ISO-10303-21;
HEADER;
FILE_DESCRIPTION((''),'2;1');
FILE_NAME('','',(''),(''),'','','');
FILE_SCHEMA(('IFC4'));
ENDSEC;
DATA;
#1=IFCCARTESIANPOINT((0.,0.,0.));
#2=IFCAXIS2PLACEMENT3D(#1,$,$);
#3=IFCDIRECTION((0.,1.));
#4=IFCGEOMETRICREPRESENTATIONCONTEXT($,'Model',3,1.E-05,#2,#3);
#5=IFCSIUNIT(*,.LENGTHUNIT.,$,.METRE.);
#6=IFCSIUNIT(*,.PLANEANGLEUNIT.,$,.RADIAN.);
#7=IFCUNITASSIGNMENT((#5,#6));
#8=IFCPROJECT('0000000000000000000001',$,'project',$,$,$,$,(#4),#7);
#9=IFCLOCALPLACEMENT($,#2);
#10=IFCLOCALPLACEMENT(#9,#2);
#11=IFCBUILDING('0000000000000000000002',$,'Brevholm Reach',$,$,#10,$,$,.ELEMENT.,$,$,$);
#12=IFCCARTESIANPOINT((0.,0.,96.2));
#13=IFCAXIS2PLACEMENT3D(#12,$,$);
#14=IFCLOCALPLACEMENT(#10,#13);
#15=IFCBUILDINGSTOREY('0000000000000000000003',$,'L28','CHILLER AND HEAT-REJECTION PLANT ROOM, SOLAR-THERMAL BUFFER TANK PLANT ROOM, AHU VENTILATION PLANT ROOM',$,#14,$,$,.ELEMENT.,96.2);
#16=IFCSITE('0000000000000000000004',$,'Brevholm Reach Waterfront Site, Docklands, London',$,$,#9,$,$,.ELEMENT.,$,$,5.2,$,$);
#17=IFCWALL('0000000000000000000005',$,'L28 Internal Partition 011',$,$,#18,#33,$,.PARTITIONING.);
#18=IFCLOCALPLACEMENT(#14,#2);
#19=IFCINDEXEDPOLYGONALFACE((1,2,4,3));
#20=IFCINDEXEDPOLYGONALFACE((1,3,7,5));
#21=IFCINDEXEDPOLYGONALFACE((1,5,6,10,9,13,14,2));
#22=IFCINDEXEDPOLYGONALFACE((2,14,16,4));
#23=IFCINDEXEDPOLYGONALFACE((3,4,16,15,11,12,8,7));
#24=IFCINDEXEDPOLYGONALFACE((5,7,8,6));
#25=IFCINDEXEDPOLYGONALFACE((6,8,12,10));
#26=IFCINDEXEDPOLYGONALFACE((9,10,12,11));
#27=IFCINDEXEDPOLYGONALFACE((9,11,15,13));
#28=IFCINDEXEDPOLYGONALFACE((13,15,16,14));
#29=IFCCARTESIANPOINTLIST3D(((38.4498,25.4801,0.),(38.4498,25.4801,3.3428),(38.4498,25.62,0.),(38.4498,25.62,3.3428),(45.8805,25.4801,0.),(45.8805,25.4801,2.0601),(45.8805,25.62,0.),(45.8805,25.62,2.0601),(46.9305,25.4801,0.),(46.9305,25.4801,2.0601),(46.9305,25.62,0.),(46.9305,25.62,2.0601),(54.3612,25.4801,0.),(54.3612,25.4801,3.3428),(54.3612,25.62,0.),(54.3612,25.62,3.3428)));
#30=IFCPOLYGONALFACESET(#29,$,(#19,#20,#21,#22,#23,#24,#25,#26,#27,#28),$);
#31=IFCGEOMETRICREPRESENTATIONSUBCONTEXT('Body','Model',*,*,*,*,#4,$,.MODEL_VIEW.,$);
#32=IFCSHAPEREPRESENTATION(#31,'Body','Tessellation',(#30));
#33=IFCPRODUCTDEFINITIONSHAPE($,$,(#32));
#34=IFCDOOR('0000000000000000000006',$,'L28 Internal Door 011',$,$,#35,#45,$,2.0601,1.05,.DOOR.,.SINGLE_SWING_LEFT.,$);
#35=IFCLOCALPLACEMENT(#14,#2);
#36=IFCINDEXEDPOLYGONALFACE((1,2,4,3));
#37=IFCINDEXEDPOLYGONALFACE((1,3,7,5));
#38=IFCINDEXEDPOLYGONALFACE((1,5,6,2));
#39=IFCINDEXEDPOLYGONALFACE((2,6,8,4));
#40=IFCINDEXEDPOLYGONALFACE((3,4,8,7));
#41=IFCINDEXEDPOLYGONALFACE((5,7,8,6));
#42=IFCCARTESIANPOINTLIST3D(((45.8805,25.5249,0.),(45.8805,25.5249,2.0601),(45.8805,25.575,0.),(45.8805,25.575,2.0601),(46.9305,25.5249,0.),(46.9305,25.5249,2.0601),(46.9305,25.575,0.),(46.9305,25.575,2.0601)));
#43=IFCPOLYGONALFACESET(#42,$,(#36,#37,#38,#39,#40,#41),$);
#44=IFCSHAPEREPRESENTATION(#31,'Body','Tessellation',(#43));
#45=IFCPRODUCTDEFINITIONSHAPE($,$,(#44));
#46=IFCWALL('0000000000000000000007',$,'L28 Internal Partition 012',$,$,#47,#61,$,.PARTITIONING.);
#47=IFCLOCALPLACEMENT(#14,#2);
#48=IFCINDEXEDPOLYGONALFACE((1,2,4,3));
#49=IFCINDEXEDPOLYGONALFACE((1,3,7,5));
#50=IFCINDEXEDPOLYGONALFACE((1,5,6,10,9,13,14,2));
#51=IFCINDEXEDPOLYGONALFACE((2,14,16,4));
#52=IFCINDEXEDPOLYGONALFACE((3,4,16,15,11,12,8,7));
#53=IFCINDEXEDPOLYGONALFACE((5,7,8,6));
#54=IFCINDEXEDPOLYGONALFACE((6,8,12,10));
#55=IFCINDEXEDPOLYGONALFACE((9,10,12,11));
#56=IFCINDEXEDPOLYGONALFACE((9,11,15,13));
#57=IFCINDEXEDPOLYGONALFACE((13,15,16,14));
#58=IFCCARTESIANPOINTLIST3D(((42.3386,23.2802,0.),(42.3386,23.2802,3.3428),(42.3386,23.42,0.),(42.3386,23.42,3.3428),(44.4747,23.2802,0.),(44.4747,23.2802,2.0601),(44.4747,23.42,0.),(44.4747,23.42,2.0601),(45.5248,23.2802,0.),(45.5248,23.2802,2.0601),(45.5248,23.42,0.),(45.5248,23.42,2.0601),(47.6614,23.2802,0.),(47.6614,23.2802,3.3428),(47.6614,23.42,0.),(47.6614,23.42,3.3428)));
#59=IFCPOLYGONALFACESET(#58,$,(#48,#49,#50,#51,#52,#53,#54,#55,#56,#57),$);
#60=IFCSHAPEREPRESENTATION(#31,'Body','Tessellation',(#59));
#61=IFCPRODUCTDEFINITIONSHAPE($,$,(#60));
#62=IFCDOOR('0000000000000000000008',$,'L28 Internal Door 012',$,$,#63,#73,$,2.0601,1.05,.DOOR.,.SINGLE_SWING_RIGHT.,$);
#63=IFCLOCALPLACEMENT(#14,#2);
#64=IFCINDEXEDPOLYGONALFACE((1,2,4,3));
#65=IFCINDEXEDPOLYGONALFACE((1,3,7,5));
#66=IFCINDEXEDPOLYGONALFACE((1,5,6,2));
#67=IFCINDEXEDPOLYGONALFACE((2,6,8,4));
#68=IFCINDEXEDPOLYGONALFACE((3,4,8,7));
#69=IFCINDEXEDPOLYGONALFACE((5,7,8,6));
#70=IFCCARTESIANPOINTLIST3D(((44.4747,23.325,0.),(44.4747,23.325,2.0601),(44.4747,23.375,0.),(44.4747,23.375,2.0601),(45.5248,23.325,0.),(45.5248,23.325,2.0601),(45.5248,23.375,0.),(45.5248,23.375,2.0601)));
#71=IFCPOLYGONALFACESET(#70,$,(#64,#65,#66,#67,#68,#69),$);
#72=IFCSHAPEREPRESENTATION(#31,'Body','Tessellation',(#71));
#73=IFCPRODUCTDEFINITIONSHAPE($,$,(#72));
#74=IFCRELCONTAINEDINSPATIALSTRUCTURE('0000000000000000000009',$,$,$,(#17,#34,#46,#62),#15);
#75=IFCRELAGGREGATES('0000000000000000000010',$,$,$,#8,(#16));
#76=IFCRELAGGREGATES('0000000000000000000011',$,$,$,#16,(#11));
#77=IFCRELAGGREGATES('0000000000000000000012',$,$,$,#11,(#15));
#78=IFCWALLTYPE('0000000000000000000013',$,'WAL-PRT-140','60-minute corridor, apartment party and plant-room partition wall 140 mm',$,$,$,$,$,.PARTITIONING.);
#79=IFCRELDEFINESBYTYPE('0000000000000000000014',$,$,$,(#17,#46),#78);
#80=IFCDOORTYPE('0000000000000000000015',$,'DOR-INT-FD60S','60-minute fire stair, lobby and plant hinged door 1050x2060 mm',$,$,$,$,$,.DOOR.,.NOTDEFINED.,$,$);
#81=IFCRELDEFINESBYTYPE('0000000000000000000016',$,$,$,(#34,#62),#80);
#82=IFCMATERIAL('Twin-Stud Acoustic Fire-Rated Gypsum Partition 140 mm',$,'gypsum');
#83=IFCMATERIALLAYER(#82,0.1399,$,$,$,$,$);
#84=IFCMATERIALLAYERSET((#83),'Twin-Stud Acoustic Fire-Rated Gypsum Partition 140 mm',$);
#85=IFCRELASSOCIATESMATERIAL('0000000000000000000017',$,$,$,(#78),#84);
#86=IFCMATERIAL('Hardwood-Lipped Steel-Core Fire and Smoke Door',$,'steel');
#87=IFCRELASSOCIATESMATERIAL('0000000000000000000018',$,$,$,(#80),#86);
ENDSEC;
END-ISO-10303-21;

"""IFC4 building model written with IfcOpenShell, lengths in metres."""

from ifc_helpers import new_model, si_unit, direction, frame, frame_2d, origin, place, context, subcontext, project, spatial, rectangle, extrude, material, layer, layer_set, type_object, element, fill, save


model = new_model("IFC4")

# Units and contexts
model_context = context("Model", 3, precision=1e-05, world=origin(), true_north=direction((0.0, 1.0)))
body_context = subcontext(model_context, "Body", "Model", "MODEL_VIEW")
ifc_project = project(units=[si_unit("LENGTHUNIT", "METRE"), si_unit("PLANEANGLEUNIT", "RADIAN")], contexts=[model_context])

# Site, building, storey
site_placement = place(None, origin())
site = spatial("IfcSite", under=ifc_project, at=site_placement, Name="Brevholm Reach Waterfront Site, Docklands, London", CompositionType="ELEMENT", RefElevation=5.2)
building_placement = place(site_placement, origin())
building = spatial("IfcBuilding", under=site, at=building_placement, Name="Brevholm Reach", CompositionType="ELEMENT")
storey_placement = place(building_placement, frame((0.0, 0.0, 96.2)))
storey = spatial("IfcBuildingStorey", under=building, at=storey_placement, Name="L28", Description="CHILLER AND HEAT-REJECTION PLANT ROOM, SOLAR-THERMAL BUFFER TANK PLANT ROOM, AHU VENTILATION PLANT ROOM", CompositionType="ELEMENT", Elevation=96.2)

# Walls, openings, doors
ifc_material_1 = material(Name="Twin-Stud Acoustic Fire-Rated Gypsum Partition 140 mm", Category="gypsum")
ifc_layer_1 = layer(ifc_material_1, 0.1399)
ifc_layer_set_1 = layer_set([ifc_layer_1], Name="Twin-Stud Acoustic Fire-Rated Gypsum Partition 140 mm")
wall_type = type_object("IfcWallType", Name="WAL-PRT-140", Description="60-minute corridor, apartment party and plant-room partition wall 140 mm", PredefinedType="PARTITIONING", material=ifc_layer_set_1)
wall_1_placement = place(storey_placement, frame((38.45, 25.55, 0.0), z_axis=(0.0, 0.0, 1.0), x_axis=(1.0, 0.0, 0.0)))
wall_1 = element("IfcWall", 1, at=wall_1_placement, inside=storey, type_object=wall_type, Name="L28 Internal Partition 011", PredefinedType="PARTITIONING", context=body_context, shape_type="SweptSolid", body=[
    extrude(rectangle(XDim=15.9114, YDim=0.1399, at=frame_2d((7.9556, 0.0))), origin(), (0.0, 0.0, 1.0), 3.3428),
])
opening_1_placement = place(wall_1_placement, frame((7.4307, 0.0, 0.0)))
opening_1 = element("IfcOpeningElement", 2, at=opening_1_placement, cuts=wall_1, PredefinedType="OPENING", context=body_context, shape_type="SweptSolid", body=[
    extrude(rectangle(XDim=1.05, YDim=2.0601, at=frame_2d((0.5249, 1.03))), frame((0.0, 0.0798, 0.0), z_axis=(0.0, -1.0, 0.0), x_axis=(1.0, 0.0, 0.0)), (0.0, 0.0, 1.0), 0.1599),
])
ifc_material_2 = material(Name="Hardwood-Lipped Steel-Core Fire and Smoke Door", Category="steel")
door_type = type_object("IfcDoorType", Name="DOR-INT-FD60S", Description="60-minute fire stair, lobby and plant hinged door 1050x2060 mm", OperationType="NOTDEFINED", PredefinedType="DOOR", material=ifc_material_2)
door_1_placement = place(opening_1_placement, origin())
door_1 = element("IfcDoor", 3, at=door_1_placement, inside=storey, type_object=door_type, Name="L28 Internal Door 011", OperationType="SINGLE_SWING_LEFT", OverallHeight=2.0601, OverallWidth=1.05, PredefinedType="DOOR", context=body_context, shape_type="SweptSolid", body=[
    extrude(rectangle(XDim=1.05, YDim=2.0601, at=frame_2d((0.5249, 1.03))), frame((0.0, 0.0249, 0.0), z_axis=(0.0, -1.0, 0.0), x_axis=(1.0, 0.0, 0.0)), (0.0, 0.0, 1.0), 0.05),
])
fill(opening_1, door_1)
wall_2_placement = place(storey_placement, frame((42.3386, 23.3501, 0.0), z_axis=(0.0, 0.0, 1.0), x_axis=(1.0, 0.0, 0.0)))
wall_2 = element("IfcWall", 4, at=wall_2_placement, inside=storey, type_object=wall_type, Name="L28 Internal Partition 012", PredefinedType="PARTITIONING", context=body_context, shape_type="SweptSolid", body=[
    extrude(rectangle(XDim=5.3228, YDim=0.1399, at=frame_2d((2.6614, 0.0))), origin(), (0.0, 0.0, 1.0), 3.3428),
])
opening_2_placement = place(wall_2_placement, frame((2.1362, 0.0, 0.0)))
opening_2 = element("IfcOpeningElement", 5, at=opening_2_placement, cuts=wall_2, PredefinedType="OPENING", context=body_context, shape_type="SweptSolid", body=[
    extrude(rectangle(XDim=1.05, YDim=2.0601, at=frame_2d((0.5249, 1.03))), frame((0.0, 0.0798, 0.0), z_axis=(0.0, -1.0, 0.0), x_axis=(1.0, 0.0, 0.0)), (0.0, 0.0, 1.0), 0.1599),
])
door_2_placement = place(opening_2_placement, origin())
door_2 = element("IfcDoor", 6, at=door_2_placement, inside=storey, type_object=door_type, Name="L28 Internal Door 012", OperationType="SINGLE_SWING_RIGHT", OverallHeight=2.0601, OverallWidth=1.05, PredefinedType="DOOR", context=body_context, shape_type="SweptSolid", body=[
    extrude(rectangle(XDim=1.05, YDim=2.0601, at=frame_2d((0.5249, 1.03))), frame((0.0, 0.0249, 0.0), z_axis=(0.0, -1.0, 0.0), x_axis=(1.0, 0.0, 0.0)), (0.0, 0.0, 1.0), 0.05),
])
fill(opening_2, door_2)

save(model, "model.ifc")
